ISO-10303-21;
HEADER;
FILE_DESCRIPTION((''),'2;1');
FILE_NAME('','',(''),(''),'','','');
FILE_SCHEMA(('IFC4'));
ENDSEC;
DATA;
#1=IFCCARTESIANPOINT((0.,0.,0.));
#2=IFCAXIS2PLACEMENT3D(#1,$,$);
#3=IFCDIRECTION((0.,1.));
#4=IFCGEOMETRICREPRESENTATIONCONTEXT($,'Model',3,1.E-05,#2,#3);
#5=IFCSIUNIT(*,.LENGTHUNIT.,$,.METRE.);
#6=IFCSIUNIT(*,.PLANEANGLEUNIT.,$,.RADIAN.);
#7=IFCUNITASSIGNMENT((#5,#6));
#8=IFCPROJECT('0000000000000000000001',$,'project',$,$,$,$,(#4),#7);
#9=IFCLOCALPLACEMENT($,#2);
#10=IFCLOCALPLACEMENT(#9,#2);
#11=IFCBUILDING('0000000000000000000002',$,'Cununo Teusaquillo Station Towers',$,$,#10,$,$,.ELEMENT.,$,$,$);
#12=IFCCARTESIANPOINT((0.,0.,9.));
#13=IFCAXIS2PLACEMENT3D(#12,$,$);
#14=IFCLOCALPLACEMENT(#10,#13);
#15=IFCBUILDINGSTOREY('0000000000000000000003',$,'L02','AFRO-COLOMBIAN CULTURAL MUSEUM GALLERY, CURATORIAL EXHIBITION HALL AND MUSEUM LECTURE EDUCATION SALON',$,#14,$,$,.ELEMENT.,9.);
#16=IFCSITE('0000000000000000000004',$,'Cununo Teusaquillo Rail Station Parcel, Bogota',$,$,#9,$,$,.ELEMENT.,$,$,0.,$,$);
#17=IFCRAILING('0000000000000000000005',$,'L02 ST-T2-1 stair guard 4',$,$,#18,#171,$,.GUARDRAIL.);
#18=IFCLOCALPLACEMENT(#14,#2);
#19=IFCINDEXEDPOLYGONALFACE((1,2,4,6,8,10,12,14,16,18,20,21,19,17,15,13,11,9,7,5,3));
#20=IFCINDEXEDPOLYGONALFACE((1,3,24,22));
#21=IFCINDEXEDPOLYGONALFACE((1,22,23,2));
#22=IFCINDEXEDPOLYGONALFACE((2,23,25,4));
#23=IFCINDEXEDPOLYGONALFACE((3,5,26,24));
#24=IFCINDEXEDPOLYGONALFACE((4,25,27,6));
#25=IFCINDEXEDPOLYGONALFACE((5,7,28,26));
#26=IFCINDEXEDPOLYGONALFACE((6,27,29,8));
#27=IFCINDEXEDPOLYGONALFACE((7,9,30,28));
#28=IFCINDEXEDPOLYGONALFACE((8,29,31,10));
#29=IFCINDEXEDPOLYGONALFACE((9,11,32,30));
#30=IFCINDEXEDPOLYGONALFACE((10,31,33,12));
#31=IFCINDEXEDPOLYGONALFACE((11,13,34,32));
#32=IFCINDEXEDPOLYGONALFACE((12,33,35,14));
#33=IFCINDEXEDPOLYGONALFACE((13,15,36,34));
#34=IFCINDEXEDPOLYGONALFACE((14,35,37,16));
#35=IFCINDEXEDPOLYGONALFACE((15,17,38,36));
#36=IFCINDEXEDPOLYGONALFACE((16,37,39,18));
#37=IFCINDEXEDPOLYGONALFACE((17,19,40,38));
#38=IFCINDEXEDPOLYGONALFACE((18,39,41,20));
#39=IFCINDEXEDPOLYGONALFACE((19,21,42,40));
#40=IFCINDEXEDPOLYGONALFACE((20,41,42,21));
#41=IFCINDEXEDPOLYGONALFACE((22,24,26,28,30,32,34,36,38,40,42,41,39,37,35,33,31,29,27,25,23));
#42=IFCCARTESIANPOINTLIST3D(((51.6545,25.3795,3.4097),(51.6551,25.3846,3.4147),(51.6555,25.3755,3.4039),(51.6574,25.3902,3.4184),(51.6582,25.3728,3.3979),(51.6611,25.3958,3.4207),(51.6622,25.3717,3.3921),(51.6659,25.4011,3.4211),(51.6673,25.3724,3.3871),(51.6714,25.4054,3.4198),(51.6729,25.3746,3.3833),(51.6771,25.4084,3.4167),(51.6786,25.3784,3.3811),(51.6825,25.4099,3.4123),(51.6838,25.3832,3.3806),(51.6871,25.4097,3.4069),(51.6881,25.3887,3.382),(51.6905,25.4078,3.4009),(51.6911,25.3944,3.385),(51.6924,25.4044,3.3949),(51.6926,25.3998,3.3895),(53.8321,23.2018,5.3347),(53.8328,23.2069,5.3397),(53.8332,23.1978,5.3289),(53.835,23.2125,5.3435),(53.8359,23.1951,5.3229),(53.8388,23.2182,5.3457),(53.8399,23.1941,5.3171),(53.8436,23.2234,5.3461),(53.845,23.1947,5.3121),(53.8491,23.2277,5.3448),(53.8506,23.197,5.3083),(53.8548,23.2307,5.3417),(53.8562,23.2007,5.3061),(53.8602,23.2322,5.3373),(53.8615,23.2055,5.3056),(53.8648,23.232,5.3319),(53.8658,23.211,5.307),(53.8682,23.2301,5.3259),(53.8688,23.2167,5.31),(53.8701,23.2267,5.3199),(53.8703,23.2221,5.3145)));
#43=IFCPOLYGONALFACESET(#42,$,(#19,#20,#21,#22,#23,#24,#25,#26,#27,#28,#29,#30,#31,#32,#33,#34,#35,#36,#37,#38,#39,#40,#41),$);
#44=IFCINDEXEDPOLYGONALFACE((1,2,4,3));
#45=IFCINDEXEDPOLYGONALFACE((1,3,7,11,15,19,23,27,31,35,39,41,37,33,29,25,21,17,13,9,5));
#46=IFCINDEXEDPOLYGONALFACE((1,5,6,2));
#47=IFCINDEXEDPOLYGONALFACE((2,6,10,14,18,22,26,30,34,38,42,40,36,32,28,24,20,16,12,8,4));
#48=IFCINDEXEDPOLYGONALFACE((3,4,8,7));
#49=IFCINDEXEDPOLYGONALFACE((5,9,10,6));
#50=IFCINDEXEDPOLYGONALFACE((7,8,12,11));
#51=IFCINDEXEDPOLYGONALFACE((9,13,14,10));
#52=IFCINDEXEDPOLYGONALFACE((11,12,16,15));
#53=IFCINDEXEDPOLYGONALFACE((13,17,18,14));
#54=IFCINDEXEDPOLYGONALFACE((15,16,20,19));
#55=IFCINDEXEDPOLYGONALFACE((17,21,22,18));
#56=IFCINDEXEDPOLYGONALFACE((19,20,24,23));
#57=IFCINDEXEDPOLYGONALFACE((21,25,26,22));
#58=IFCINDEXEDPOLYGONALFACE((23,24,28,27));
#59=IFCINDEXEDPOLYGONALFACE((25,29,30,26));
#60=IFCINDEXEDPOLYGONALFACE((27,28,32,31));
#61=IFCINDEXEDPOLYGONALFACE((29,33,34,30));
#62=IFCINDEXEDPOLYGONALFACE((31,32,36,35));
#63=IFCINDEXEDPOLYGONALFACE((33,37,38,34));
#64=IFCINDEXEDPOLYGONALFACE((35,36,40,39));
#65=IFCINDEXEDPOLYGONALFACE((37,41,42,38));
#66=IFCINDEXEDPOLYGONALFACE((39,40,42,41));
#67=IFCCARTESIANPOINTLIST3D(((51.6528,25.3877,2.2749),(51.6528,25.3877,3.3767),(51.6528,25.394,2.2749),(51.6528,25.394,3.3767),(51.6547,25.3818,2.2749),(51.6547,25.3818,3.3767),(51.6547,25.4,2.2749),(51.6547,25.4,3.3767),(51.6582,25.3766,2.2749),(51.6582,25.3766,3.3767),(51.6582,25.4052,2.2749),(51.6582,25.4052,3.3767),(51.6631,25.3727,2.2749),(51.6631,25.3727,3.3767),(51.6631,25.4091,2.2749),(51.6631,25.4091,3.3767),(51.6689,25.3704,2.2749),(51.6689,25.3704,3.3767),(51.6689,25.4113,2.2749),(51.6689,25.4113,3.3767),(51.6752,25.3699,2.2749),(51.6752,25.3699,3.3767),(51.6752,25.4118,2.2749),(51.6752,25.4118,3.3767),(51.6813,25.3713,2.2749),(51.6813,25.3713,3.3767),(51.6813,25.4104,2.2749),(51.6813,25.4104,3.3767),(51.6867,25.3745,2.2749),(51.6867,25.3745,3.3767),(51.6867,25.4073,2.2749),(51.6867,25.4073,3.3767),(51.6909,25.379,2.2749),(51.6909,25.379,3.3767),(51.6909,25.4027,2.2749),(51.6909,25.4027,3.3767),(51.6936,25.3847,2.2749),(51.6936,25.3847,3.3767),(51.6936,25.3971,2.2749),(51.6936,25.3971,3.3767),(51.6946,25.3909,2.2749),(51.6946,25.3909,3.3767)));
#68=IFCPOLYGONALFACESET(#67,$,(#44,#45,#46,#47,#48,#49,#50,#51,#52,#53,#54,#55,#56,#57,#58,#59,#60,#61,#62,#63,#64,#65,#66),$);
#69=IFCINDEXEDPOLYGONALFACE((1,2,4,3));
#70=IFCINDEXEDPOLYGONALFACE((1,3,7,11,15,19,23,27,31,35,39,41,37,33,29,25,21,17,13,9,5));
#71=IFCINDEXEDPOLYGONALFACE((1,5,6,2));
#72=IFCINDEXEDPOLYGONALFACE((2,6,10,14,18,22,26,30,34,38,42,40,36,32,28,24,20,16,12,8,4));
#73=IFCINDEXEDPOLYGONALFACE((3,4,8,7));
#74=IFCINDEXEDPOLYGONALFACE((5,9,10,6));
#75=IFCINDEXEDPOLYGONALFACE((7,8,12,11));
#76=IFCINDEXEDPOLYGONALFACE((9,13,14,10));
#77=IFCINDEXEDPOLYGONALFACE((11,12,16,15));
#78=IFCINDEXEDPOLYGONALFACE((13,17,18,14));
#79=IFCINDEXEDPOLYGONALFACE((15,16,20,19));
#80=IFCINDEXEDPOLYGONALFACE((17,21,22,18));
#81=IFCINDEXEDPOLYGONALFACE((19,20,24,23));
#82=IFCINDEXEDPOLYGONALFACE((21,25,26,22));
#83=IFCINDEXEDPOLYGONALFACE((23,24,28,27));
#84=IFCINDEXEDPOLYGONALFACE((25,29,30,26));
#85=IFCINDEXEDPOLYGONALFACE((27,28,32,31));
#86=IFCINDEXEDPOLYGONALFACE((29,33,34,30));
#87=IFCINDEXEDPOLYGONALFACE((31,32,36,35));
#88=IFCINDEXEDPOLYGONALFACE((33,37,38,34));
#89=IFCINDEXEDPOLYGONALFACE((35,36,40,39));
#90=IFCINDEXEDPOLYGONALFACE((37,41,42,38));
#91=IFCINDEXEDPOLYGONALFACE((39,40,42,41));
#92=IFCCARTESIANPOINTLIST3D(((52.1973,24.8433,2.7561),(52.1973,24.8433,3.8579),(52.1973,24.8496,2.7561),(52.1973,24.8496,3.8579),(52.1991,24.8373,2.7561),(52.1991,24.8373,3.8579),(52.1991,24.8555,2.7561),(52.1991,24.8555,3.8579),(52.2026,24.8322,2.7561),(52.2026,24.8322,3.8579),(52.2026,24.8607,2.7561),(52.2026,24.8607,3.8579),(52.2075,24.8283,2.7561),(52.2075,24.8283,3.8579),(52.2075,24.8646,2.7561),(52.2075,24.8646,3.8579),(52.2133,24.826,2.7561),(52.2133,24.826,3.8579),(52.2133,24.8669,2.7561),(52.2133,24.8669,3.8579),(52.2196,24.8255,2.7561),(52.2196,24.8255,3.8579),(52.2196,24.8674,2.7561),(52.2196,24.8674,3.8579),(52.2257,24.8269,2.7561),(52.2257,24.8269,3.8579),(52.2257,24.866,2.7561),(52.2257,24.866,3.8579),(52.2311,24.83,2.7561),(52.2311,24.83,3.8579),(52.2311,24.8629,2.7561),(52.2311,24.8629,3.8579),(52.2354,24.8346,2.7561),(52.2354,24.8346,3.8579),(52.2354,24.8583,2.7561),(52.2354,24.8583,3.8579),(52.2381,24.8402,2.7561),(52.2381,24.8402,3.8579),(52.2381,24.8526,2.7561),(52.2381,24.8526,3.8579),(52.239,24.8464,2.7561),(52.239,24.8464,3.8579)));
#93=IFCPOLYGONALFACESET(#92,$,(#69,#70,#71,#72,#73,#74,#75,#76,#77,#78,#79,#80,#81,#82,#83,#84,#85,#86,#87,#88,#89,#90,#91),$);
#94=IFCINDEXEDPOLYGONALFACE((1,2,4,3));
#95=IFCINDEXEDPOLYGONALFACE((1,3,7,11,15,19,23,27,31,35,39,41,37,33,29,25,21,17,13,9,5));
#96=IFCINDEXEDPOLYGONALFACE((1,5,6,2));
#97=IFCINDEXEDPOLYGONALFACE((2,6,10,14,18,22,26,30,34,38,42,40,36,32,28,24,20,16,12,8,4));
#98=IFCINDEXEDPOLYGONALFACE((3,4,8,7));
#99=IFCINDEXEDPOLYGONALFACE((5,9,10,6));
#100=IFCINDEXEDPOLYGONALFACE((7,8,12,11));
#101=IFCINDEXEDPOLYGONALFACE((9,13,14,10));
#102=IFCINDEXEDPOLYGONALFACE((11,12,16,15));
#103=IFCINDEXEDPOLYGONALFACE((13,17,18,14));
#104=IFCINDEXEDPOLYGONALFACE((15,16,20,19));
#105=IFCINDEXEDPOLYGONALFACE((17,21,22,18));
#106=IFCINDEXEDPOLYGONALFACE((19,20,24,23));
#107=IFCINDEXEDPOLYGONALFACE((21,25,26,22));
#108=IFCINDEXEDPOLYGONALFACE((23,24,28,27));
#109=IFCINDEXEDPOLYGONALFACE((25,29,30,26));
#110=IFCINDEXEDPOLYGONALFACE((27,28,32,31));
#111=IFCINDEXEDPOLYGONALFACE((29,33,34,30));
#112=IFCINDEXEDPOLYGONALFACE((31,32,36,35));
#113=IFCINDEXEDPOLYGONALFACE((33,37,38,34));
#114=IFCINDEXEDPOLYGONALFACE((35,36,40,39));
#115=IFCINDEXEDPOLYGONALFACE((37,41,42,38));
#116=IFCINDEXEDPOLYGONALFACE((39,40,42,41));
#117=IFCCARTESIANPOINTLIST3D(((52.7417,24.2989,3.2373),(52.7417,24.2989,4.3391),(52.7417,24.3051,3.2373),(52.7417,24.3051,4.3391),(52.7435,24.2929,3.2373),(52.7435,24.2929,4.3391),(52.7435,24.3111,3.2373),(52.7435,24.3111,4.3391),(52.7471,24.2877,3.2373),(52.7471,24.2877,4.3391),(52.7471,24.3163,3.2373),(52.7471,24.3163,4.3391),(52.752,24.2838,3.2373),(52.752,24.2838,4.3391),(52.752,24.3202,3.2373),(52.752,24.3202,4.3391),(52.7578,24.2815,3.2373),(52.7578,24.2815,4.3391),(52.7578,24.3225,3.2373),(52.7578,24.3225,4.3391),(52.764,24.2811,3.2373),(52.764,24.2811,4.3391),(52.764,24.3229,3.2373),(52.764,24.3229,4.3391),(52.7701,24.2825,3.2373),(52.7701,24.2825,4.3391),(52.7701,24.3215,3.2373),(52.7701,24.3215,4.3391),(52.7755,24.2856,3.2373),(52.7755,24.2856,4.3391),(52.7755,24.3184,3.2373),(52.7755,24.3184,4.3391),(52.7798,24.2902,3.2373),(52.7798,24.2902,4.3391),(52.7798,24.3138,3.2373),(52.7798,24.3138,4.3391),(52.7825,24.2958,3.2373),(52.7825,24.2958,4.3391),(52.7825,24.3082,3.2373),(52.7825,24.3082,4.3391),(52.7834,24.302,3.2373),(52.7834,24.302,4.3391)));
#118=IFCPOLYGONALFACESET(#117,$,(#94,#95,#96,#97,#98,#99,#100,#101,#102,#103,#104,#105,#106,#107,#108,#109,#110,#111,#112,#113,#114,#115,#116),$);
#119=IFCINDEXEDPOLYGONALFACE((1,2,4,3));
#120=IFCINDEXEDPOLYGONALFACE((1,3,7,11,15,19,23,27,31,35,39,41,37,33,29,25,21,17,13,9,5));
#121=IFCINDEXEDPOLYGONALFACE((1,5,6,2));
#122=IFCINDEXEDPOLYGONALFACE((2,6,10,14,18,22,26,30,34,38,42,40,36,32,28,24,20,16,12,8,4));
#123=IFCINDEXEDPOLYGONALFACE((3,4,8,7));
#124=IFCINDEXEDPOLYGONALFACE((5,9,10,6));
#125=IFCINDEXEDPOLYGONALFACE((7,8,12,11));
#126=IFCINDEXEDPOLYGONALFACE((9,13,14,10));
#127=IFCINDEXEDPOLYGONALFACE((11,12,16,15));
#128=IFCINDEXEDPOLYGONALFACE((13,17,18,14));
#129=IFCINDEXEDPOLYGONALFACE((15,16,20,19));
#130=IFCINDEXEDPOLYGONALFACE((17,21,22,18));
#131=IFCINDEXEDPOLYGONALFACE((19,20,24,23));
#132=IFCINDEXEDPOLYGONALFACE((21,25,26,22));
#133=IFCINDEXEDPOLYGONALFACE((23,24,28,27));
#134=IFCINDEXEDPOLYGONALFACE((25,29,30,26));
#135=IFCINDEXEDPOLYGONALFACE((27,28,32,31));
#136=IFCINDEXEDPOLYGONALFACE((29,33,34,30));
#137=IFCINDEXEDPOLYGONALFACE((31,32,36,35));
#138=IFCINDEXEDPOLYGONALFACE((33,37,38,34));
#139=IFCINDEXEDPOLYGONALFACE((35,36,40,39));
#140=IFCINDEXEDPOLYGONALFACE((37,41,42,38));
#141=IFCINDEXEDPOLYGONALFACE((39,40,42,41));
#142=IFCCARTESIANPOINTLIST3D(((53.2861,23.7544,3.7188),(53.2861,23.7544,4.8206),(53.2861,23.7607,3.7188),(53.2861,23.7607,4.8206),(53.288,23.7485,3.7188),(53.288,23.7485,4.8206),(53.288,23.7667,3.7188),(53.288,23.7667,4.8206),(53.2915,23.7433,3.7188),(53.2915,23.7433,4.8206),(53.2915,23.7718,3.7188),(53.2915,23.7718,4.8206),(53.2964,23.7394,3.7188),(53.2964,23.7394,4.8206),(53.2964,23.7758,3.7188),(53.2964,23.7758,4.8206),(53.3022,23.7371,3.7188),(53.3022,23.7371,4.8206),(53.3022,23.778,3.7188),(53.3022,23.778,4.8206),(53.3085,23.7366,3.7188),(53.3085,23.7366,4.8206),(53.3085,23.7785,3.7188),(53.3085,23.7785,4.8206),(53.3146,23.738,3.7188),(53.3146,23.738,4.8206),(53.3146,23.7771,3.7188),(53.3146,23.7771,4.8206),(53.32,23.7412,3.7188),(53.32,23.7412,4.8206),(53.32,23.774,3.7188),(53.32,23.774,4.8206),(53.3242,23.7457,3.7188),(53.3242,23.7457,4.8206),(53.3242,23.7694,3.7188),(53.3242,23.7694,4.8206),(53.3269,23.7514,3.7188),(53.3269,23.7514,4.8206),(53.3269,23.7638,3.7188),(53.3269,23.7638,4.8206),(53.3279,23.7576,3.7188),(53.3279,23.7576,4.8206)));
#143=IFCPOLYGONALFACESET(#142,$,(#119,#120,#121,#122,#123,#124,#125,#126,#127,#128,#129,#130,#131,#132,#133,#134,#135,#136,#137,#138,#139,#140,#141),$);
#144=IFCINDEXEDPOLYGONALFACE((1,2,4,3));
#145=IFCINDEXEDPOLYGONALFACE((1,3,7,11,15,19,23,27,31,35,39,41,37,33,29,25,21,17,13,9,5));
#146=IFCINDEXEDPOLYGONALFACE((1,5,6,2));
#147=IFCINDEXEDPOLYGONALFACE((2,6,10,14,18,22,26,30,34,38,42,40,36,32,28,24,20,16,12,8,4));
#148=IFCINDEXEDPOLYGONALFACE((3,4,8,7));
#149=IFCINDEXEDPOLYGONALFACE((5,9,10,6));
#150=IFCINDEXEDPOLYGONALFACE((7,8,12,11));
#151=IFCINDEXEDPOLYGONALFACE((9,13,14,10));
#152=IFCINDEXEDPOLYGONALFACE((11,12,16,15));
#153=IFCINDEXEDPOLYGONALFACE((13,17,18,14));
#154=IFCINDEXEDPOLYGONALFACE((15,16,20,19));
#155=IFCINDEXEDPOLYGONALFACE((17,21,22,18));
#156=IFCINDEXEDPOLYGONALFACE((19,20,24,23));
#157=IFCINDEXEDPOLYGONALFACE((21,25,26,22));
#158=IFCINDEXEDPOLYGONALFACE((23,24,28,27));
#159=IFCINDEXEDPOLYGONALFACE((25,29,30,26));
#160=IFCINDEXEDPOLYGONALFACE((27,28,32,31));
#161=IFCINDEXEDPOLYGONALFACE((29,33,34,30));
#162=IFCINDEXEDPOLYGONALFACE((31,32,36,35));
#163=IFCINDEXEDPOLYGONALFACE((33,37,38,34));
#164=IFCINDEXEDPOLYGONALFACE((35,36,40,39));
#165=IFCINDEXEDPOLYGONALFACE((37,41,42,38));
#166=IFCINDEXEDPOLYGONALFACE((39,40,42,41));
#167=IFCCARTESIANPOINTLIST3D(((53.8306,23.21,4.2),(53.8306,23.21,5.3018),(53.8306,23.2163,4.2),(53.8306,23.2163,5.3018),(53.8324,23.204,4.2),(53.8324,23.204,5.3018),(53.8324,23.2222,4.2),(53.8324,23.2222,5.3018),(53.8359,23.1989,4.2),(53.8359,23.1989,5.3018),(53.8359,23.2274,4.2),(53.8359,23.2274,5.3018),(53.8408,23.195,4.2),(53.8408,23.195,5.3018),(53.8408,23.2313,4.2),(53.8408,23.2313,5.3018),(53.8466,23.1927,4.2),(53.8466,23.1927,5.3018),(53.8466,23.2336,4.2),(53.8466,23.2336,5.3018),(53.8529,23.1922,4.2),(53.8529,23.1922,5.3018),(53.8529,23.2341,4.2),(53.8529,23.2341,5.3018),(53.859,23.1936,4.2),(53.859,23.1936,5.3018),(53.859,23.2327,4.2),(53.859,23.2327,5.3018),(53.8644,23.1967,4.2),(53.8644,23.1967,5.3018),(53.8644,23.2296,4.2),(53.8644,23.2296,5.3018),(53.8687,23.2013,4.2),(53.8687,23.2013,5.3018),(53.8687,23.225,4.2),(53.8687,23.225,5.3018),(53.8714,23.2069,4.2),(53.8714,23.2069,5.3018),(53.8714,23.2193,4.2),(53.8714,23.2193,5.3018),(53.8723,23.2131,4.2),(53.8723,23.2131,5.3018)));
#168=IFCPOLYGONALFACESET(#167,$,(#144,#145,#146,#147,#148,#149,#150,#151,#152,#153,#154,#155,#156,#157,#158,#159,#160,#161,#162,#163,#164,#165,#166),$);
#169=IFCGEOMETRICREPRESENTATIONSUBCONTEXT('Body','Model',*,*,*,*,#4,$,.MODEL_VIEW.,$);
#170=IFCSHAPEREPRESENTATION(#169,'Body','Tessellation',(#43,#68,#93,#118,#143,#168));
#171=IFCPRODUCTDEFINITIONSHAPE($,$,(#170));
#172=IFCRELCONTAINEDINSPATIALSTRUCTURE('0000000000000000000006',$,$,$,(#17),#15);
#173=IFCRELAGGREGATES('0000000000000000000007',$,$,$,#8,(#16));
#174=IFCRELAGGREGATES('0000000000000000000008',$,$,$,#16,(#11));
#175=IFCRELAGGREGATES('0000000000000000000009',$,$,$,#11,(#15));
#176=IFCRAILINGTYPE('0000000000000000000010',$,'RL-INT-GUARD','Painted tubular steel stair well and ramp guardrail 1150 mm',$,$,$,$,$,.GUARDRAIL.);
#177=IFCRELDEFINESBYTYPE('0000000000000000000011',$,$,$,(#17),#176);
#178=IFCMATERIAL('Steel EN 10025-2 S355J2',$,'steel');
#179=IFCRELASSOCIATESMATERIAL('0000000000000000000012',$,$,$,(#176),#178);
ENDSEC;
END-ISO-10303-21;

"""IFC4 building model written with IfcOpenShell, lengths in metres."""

from ifc_helpers import new_model, si_unit, direction, frame, origin, origin_2d, place, context, subcontext, project, spatial, circle, extrude, material, type_object, element, save


model = new_model("IFC4")

# Units and contexts
model_context = context("Model", 3, precision=1e-05, world=origin(), true_north=direction((0.0, 1.0)))
body_context = subcontext(model_context, "Body", "Model", "MODEL_VIEW")
ifc_project = project(units=[si_unit("LENGTHUNIT", "METRE"), si_unit("PLANEANGLEUNIT", "RADIAN")], contexts=[model_context])

# Site, building, storey
site_placement = place(None, origin())
site = spatial("IfcSite", under=ifc_project, at=site_placement, Name="Cununo Teusaquillo Rail Station Parcel, Bogota", CompositionType="ELEMENT", RefElevation=0.0)
building_placement = place(site_placement, origin())
building = spatial("IfcBuilding", under=site, at=building_placement, Name="Cununo Teusaquillo Station Towers", CompositionType="ELEMENT")
storey_placement = place(building_placement, frame((0.0, 0.0, 9.0)))
storey = spatial("IfcBuildingStorey", under=building, at=storey_placement, Name="L02", Description="AFRO-COLOMBIAN CULTURAL MUSEUM GALLERY, CURATORIAL EXHIBITION HALL AND MUSEUM LECTURE EDUCATION SALON", CompositionType="ELEMENT", Elevation=9.0)

# Railing
ifc_material_1 = material(Name="Steel EN 10025-2 S355J2", Category="steel")
railing_type_1 = type_object("IfcRailingType", Name="RL-INT-GUARD", Description="Painted tubular steel stair well and ramp guardrail 1150 mm", PredefinedType="GUARDRAIL", material=ifc_material_1)
railing_1_placement = place(storey_placement, frame((51.6736, 25.3909, 2.2749)))
element("IfcRailing", 1, at=railing_1_placement, inside=storey, type_object=railing_type_1, Name="L02 ST-T2-1 stair guard 4", PredefinedType="GUARDRAIL", context=body_context, shape_type="SweptSolid", body=[
    extrude(circle(Radius=0.0239, at=origin_2d()), frame((0.0, 0.0, 1.126), z_axis=(0.599609, -0.599609, 0.530036), x_axis=(0.707107, 0.707107, 0.0)), (0.0, 0.0, 1.0), 3.6318),
    extrude(circle(Radius=0.021, at=origin_2d()), origin(), (0.0, 0.0, 1.0), 1.1018),
    extrude(circle(Radius=0.021, at=origin_2d()), frame((0.5444, -0.5444, 0.4812)), (0.0, 0.0, 1.0), 1.1018),
    extrude(circle(Radius=0.021, at=origin_2d()), frame((1.0889, -1.0889, 0.9624)), (0.0, 0.0, 1.0), 1.1018),
    extrude(circle(Radius=0.021, at=origin_2d()), frame((1.6333, -1.6333, 1.4438)), (0.0, 0.0, 1.0), 1.1018),
    extrude(circle(Radius=0.021, at=origin_2d()), frame((2.1777, -2.1777, 1.925)), (0.0, 0.0, 1.0), 1.1018),
])

save(model, "model.ifc")
